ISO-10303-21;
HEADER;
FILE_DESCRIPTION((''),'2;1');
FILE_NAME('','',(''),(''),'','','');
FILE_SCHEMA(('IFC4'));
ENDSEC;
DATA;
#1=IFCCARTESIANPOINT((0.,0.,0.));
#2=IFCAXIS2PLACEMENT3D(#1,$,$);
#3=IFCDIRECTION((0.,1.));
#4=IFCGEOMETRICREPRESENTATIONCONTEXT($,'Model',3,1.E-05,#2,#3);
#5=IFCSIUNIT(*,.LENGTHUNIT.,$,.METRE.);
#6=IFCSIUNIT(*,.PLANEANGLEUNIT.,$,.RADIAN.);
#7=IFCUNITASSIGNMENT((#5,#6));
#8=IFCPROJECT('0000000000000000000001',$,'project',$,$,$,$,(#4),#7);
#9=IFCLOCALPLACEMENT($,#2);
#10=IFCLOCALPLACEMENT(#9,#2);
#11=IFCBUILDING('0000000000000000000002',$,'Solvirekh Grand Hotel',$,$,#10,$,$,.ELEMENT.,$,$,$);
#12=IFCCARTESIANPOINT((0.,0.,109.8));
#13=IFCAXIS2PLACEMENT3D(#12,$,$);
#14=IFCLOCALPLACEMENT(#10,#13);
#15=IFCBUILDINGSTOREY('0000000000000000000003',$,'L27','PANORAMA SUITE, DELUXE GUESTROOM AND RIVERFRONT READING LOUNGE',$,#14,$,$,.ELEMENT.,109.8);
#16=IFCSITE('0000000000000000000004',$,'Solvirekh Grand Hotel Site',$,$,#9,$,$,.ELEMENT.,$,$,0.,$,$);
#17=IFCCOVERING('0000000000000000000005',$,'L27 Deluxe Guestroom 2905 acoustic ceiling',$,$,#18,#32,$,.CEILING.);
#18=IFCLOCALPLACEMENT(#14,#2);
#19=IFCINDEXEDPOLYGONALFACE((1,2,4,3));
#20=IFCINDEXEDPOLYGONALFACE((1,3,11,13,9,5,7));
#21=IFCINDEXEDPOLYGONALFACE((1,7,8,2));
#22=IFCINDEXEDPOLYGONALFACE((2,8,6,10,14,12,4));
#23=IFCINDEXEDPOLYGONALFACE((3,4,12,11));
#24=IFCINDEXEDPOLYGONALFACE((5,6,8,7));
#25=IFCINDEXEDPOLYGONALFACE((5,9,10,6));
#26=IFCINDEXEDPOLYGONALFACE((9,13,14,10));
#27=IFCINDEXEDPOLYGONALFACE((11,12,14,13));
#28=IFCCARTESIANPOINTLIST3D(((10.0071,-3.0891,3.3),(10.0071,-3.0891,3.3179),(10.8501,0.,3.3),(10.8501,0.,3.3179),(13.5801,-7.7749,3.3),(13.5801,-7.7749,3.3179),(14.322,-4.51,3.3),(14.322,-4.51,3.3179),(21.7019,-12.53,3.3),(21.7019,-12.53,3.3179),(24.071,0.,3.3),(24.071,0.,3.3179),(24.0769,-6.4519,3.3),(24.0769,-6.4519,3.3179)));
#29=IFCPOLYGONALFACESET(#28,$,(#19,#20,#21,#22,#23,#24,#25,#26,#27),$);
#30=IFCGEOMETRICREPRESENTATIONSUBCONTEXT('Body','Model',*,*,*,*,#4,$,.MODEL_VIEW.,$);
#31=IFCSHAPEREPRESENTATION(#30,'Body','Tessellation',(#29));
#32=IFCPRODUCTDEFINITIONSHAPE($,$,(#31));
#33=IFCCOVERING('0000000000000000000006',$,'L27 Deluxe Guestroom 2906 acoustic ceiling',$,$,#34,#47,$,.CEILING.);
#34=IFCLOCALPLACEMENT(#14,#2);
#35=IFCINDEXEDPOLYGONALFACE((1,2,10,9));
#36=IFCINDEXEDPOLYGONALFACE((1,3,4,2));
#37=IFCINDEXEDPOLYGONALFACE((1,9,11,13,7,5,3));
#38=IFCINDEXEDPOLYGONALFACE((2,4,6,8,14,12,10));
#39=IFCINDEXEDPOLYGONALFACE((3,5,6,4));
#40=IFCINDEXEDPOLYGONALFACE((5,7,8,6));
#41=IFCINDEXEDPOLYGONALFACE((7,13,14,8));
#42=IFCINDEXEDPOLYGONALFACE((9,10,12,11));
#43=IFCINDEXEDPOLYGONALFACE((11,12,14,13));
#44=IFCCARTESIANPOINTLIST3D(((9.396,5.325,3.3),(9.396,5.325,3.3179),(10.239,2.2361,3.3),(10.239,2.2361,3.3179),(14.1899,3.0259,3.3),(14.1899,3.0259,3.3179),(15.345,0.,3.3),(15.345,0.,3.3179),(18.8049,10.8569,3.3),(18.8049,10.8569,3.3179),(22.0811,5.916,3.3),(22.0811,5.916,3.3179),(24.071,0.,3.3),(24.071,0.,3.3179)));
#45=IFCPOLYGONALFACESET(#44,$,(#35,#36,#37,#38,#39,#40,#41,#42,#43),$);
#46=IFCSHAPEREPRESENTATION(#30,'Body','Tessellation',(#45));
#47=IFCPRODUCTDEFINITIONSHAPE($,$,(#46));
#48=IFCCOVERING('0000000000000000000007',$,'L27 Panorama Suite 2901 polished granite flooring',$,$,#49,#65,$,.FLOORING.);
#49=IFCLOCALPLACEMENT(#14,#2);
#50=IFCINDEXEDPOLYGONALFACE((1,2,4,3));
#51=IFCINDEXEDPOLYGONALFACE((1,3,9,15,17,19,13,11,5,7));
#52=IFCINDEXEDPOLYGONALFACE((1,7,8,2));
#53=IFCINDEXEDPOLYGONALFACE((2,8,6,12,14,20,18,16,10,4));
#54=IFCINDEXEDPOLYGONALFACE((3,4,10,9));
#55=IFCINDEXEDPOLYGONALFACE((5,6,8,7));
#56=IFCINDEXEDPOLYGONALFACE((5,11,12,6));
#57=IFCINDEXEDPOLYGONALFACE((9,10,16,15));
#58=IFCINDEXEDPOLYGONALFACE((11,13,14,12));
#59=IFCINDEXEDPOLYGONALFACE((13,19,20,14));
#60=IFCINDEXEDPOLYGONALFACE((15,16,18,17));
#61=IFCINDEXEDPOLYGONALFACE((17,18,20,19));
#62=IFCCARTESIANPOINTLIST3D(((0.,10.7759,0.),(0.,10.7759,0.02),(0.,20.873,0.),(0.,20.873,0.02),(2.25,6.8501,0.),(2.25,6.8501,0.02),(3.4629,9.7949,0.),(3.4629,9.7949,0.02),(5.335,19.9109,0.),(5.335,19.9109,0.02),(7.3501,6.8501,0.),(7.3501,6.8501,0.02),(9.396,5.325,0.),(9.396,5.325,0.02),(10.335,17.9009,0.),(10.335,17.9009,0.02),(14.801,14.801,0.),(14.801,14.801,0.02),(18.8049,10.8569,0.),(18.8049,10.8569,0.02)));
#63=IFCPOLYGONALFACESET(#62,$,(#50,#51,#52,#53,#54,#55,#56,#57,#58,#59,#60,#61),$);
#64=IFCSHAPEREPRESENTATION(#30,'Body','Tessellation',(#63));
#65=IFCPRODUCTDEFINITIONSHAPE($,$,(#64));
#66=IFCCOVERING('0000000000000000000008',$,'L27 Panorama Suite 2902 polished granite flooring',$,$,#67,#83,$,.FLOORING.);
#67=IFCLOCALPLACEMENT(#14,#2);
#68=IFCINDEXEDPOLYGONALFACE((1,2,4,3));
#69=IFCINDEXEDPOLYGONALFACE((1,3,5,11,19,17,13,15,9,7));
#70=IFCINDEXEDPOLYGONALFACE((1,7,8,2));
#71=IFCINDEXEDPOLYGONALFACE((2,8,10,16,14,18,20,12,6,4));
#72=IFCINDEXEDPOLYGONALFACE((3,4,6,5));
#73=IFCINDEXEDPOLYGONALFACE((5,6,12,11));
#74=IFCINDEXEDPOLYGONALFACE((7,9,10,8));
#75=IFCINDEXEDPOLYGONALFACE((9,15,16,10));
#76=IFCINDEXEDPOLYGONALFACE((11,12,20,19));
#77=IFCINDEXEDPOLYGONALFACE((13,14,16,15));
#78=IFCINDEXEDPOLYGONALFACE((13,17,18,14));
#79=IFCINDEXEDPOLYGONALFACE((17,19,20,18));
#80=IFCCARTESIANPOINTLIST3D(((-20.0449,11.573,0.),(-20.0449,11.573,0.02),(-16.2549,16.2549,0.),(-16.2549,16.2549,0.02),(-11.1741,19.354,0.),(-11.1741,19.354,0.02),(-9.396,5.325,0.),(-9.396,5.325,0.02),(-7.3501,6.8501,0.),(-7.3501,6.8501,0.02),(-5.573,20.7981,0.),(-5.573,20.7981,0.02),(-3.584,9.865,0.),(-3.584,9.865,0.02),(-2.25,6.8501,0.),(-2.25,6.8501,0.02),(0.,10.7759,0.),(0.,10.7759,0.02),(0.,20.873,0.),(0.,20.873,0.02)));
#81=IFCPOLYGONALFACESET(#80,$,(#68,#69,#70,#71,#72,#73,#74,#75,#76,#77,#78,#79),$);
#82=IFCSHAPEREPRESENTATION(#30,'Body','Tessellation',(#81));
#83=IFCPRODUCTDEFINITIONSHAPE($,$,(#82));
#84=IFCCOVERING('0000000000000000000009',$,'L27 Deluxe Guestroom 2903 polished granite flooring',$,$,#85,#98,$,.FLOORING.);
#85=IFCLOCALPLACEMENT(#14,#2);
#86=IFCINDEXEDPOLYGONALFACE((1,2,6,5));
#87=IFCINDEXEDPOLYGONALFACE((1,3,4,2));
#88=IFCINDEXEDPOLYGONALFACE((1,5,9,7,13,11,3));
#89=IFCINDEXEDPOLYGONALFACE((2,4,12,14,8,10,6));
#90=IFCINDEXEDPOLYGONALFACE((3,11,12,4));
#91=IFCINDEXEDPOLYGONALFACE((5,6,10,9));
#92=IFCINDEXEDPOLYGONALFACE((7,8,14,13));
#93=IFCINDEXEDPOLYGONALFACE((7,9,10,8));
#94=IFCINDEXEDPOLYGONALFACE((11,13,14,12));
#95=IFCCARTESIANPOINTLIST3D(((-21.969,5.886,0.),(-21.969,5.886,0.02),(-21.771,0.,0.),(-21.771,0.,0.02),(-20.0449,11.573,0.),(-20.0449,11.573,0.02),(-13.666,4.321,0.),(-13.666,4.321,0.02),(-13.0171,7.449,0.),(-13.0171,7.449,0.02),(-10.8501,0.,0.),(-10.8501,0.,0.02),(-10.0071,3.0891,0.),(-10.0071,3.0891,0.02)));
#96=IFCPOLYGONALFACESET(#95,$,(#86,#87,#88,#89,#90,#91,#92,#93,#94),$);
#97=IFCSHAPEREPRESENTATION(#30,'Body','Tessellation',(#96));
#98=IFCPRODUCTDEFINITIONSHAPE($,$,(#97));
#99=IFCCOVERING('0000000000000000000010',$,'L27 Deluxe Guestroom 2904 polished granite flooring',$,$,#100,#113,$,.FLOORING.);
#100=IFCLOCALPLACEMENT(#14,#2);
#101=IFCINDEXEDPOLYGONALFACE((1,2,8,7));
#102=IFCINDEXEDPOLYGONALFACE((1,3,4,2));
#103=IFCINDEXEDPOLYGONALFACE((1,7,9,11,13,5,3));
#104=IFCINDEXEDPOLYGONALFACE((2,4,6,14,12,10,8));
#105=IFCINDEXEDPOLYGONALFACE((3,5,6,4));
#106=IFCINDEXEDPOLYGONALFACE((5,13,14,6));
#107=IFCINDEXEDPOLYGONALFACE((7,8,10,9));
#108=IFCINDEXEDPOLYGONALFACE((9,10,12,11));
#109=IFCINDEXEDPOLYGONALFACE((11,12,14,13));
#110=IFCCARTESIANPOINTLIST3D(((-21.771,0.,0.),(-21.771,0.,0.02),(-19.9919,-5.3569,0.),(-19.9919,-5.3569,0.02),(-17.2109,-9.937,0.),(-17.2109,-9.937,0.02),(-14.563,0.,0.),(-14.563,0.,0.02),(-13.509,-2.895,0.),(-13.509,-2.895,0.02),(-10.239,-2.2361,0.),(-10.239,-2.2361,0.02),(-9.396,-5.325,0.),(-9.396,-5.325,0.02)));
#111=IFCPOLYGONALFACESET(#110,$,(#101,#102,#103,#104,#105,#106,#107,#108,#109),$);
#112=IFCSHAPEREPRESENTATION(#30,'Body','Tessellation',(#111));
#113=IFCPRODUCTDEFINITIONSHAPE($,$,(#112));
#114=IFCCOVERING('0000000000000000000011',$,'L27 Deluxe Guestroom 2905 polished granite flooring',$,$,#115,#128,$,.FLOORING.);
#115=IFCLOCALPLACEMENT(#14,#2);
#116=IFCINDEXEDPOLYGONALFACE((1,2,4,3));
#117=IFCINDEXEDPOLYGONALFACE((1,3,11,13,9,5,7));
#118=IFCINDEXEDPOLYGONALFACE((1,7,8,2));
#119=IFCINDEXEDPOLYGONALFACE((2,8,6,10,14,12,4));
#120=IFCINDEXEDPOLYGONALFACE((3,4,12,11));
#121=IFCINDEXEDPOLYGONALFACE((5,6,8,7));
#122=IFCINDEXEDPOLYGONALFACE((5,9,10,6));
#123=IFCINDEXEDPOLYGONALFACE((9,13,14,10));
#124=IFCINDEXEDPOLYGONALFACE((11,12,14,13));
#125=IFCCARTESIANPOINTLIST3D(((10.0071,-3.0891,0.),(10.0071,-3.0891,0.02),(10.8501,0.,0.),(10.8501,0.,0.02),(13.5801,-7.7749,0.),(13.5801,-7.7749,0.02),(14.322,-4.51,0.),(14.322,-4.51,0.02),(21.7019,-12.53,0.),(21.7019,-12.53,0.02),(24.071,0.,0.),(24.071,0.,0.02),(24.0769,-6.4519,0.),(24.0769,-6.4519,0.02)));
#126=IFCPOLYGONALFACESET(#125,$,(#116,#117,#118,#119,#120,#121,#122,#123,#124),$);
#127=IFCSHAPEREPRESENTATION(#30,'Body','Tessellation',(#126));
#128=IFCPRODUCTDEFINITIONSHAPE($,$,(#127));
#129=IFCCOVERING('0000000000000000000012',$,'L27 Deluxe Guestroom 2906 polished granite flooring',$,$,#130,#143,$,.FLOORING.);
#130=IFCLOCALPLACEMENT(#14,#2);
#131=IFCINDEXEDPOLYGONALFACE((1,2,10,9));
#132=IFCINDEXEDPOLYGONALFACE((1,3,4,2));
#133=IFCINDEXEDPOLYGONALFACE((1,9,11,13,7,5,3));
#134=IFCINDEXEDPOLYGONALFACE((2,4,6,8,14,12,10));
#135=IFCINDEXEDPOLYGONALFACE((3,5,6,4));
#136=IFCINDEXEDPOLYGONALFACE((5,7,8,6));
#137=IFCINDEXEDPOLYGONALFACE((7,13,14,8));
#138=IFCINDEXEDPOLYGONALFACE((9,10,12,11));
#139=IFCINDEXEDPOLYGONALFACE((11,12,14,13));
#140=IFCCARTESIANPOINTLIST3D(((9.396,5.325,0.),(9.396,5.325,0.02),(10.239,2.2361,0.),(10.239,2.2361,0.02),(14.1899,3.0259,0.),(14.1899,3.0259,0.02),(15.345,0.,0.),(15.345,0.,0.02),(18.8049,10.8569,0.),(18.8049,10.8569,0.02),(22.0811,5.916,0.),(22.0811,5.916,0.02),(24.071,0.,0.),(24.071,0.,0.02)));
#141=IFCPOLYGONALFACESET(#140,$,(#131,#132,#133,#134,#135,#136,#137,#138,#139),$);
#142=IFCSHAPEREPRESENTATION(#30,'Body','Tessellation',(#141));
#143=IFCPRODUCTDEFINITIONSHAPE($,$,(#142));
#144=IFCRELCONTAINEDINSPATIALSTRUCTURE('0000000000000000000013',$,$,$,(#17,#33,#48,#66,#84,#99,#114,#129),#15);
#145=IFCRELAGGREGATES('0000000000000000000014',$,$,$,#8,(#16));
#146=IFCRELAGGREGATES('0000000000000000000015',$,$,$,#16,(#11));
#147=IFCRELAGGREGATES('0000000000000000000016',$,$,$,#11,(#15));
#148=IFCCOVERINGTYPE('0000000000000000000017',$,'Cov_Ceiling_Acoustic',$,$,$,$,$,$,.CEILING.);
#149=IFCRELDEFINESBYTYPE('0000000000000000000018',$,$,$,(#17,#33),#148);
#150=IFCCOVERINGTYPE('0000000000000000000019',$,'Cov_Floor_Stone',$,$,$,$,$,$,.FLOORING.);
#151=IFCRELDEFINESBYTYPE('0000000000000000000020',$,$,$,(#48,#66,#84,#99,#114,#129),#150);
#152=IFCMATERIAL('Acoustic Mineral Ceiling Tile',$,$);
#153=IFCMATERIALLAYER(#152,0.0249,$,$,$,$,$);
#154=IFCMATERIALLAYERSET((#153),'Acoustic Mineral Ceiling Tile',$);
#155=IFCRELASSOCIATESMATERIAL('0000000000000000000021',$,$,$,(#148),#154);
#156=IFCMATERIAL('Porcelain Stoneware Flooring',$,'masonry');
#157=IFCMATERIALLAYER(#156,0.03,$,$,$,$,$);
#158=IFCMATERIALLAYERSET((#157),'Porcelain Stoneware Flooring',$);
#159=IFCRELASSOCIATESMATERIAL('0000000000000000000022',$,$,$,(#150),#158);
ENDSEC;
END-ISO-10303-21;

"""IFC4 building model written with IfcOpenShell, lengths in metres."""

from ifc_helpers import new_model, si_unit, direction, frame, origin, place, context, subcontext, project, spatial, polyline, outline, extrude, material, layer, layer_set, type_object, element, save


model = new_model("IFC4")

# Units and contexts
model_context = context("Model", 3, precision=1e-05, world=origin(), true_north=direction((0.0, 1.0)))
body_context = subcontext(model_context, "Body", "Model", "MODEL_VIEW")
ifc_project = project(units=[si_unit("LENGTHUNIT", "METRE"), si_unit("PLANEANGLEUNIT", "RADIAN")], contexts=[model_context])

# Site, building, storey
site_placement = place(None, origin())
site = spatial("IfcSite", under=ifc_project, at=site_placement, Name="Solvirekh Grand Hotel Site", CompositionType="ELEMENT", RefElevation=0.0)
building_placement = place(site_placement, origin())
building = spatial("IfcBuilding", under=site, at=building_placement, Name="Solvirekh Grand Hotel", CompositionType="ELEMENT")
storey_placement = place(building_placement, frame((0.0, 0.0, 109.8)))
storey = spatial("IfcBuildingStorey", under=building, at=storey_placement, Name="L27", Description="PANORAMA SUITE, DELUXE GUESTROOM AND RIVERFRONT READING LOUNGE", CompositionType="ELEMENT", Elevation=109.8)

# Coverings
ifc_material_1 = material(Name="Acoustic Mineral Ceiling Tile")
ifc_layer_1 = layer(ifc_material_1, 0.0249)
ifc_layer_set_1 = layer_set([ifc_layer_1], Name="Acoustic Mineral Ceiling Tile")
covering_type_1 = type_object("IfcCoveringType", Name="Cov_Ceiling_Acoustic", PredefinedType="CEILING", material=ifc_layer_set_1)
covering_1_placement = place(storey_placement, frame((0.0, 0.0, 3.3)))
element("IfcCovering", 1, at=covering_1_placement, inside=storey, type_object=covering_type_1, Name="L27 Deluxe Guestroom 2905 acoustic ceiling", PredefinedType="CEILING", context=body_context, shape_type="SweptSolid", body=[
    extrude(outline(polyline([(14.322, -4.51), (13.5801, -7.7749), (21.7019, -12.53), (24.0769, -6.4519), (24.071, 0.0), (10.8501, 0.0), (10.0071, -3.0891), (14.322, -4.51)])), origin(), (0.0, 0.0, 1.0), 0.0178),
])
covering_2_placement = place(storey_placement, frame((0.0, 0.0, 3.3)))
element("IfcCovering", 2, at=covering_2_placement, inside=storey, type_object=covering_type_1, Name="L27 Deluxe Guestroom 2906 acoustic ceiling", PredefinedType="CEILING", context=body_context, shape_type="SweptSolid", body=[
    extrude(outline(polyline([(14.1899, 3.0259), (15.345, 0.0), (24.071, 0.0), (22.0811, 5.916), (18.8049, 10.8569), (9.396, 5.325), (10.239, 2.2361), (14.1899, 3.0259)])), origin(), (0.0, 0.0, 1.0), 0.0178),
])
ifc_material_2 = material(Name="Porcelain Stoneware Flooring", Category="masonry")
ifc_layer_2 = layer(ifc_material_2, 0.03)
ifc_layer_set_2 = layer_set([ifc_layer_2], Name="Porcelain Stoneware Flooring")
covering_type_2 = type_object("IfcCoveringType", Name="Cov_Floor_Stone", PredefinedType="FLOORING", material=ifc_layer_set_2)
covering_3_placement = place(storey_placement, origin())
element("IfcCovering", 3, at=covering_3_placement, inside=storey, type_object=covering_type_2, Name="L27 Panorama Suite 2901 polished granite flooring", PredefinedType="FLOORING", context=body_context, shape_type="SweptSolid", body=[
    extrude(outline(polyline([(0.0, 10.7759), (3.4629, 9.7949), (2.25, 6.8501), (7.3501, 6.8501), (9.396, 5.325), (18.8049, 10.8569), (14.801, 14.801), (10.335, 17.9009), (5.335, 19.9109), (0.0, 20.873), (0.0, 10.7759)])), origin(), (0.0, 0.0, 1.0), 0.02),
])
covering_4_placement = place(storey_placement, origin())
element("IfcCovering", 4, at=covering_4_placement, inside=storey, type_object=covering_type_2, Name="L27 Panorama Suite 2902 polished granite flooring", PredefinedType="FLOORING", context=body_context, shape_type="SweptSolid", body=[
    extrude(outline(polyline([(-2.25, 6.8501), (-3.584, 9.865), (0.0, 10.7759), (0.0, 20.873), (-5.573, 20.7981), (-11.1741, 19.354), (-16.2549, 16.2549), (-20.0449, 11.573), (-9.396, 5.325), (-7.3501, 6.8501), (-2.25, 6.8501)])), origin(), (0.0, 0.0, 1.0), 0.02),
])
covering_5_placement = place(storey_placement, origin())
element("IfcCovering", 5, at=covering_5_placement, inside=storey, type_object=covering_type_2, Name="L27 Deluxe Guestroom 2903 polished granite flooring", PredefinedType="FLOORING", context=body_context, shape_type="SweptSolid", body=[
    extrude(outline(polyline([(-13.666, 4.321), (-13.0171, 7.449), (-20.0449, 11.573), (-21.969, 5.886), (-21.771, 0.0), (-10.8501, 0.0), (-10.0071, 3.0891), (-13.666, 4.321)])), origin(), (0.0, 0.0, 1.0), 0.02),
])
covering_6_placement = place(storey_placement, origin())
element("IfcCovering", 6, at=covering_6_placement, inside=storey, type_object=covering_type_2, Name="L27 Deluxe Guestroom 2904 polished granite flooring", PredefinedType="FLOORING", context=body_context, shape_type="SweptSolid", body=[
    extrude(outline(polyline([(-13.509, -2.895), (-14.563, 0.0), (-21.771, 0.0), (-19.9919, -5.3569), (-17.2109, -9.937), (-9.396, -5.325), (-10.239, -2.2361), (-13.509, -2.895)])), origin(), (0.0, 0.0, 1.0), 0.02),
])
covering_7_placement = place(storey_placement, origin())
element("IfcCovering", 7, at=covering_7_placement, inside=storey, type_object=covering_type_2, Name="L27 Deluxe Guestroom 2905 polished granite flooring", PredefinedType="FLOORING", context=body_context, shape_type="SweptSolid", body=[
    extrude(outline(polyline([(14.322, -4.51), (13.5801, -7.7749), (21.7019, -12.53), (24.0769, -6.4519), (24.071, 0.0), (10.8501, 0.0), (10.0071, -3.0891), (14.322, -4.51)])), origin(), (0.0, 0.0, 1.0), 0.02),
])
covering_8_placement = place(storey_placement, origin())
element("IfcCovering", 8, at=covering_8_placement, inside=storey, type_object=covering_type_2, Name="L27 Deluxe Guestroom 2906 polished granite flooring", PredefinedType="FLOORING", context=body_context, shape_type="SweptSolid", body=[
    extrude(outline(polyline([(14.1899, 3.0259), (15.345, 0.0), (24.071, 0.0), (22.0811, 5.916), (18.8049, 10.8569), (9.396, 5.325), (10.239, 2.2361), (14.1899, 3.0259)])), origin(), (0.0, 0.0, 1.0), 0.02),
])

save(model, "model.ifc")
